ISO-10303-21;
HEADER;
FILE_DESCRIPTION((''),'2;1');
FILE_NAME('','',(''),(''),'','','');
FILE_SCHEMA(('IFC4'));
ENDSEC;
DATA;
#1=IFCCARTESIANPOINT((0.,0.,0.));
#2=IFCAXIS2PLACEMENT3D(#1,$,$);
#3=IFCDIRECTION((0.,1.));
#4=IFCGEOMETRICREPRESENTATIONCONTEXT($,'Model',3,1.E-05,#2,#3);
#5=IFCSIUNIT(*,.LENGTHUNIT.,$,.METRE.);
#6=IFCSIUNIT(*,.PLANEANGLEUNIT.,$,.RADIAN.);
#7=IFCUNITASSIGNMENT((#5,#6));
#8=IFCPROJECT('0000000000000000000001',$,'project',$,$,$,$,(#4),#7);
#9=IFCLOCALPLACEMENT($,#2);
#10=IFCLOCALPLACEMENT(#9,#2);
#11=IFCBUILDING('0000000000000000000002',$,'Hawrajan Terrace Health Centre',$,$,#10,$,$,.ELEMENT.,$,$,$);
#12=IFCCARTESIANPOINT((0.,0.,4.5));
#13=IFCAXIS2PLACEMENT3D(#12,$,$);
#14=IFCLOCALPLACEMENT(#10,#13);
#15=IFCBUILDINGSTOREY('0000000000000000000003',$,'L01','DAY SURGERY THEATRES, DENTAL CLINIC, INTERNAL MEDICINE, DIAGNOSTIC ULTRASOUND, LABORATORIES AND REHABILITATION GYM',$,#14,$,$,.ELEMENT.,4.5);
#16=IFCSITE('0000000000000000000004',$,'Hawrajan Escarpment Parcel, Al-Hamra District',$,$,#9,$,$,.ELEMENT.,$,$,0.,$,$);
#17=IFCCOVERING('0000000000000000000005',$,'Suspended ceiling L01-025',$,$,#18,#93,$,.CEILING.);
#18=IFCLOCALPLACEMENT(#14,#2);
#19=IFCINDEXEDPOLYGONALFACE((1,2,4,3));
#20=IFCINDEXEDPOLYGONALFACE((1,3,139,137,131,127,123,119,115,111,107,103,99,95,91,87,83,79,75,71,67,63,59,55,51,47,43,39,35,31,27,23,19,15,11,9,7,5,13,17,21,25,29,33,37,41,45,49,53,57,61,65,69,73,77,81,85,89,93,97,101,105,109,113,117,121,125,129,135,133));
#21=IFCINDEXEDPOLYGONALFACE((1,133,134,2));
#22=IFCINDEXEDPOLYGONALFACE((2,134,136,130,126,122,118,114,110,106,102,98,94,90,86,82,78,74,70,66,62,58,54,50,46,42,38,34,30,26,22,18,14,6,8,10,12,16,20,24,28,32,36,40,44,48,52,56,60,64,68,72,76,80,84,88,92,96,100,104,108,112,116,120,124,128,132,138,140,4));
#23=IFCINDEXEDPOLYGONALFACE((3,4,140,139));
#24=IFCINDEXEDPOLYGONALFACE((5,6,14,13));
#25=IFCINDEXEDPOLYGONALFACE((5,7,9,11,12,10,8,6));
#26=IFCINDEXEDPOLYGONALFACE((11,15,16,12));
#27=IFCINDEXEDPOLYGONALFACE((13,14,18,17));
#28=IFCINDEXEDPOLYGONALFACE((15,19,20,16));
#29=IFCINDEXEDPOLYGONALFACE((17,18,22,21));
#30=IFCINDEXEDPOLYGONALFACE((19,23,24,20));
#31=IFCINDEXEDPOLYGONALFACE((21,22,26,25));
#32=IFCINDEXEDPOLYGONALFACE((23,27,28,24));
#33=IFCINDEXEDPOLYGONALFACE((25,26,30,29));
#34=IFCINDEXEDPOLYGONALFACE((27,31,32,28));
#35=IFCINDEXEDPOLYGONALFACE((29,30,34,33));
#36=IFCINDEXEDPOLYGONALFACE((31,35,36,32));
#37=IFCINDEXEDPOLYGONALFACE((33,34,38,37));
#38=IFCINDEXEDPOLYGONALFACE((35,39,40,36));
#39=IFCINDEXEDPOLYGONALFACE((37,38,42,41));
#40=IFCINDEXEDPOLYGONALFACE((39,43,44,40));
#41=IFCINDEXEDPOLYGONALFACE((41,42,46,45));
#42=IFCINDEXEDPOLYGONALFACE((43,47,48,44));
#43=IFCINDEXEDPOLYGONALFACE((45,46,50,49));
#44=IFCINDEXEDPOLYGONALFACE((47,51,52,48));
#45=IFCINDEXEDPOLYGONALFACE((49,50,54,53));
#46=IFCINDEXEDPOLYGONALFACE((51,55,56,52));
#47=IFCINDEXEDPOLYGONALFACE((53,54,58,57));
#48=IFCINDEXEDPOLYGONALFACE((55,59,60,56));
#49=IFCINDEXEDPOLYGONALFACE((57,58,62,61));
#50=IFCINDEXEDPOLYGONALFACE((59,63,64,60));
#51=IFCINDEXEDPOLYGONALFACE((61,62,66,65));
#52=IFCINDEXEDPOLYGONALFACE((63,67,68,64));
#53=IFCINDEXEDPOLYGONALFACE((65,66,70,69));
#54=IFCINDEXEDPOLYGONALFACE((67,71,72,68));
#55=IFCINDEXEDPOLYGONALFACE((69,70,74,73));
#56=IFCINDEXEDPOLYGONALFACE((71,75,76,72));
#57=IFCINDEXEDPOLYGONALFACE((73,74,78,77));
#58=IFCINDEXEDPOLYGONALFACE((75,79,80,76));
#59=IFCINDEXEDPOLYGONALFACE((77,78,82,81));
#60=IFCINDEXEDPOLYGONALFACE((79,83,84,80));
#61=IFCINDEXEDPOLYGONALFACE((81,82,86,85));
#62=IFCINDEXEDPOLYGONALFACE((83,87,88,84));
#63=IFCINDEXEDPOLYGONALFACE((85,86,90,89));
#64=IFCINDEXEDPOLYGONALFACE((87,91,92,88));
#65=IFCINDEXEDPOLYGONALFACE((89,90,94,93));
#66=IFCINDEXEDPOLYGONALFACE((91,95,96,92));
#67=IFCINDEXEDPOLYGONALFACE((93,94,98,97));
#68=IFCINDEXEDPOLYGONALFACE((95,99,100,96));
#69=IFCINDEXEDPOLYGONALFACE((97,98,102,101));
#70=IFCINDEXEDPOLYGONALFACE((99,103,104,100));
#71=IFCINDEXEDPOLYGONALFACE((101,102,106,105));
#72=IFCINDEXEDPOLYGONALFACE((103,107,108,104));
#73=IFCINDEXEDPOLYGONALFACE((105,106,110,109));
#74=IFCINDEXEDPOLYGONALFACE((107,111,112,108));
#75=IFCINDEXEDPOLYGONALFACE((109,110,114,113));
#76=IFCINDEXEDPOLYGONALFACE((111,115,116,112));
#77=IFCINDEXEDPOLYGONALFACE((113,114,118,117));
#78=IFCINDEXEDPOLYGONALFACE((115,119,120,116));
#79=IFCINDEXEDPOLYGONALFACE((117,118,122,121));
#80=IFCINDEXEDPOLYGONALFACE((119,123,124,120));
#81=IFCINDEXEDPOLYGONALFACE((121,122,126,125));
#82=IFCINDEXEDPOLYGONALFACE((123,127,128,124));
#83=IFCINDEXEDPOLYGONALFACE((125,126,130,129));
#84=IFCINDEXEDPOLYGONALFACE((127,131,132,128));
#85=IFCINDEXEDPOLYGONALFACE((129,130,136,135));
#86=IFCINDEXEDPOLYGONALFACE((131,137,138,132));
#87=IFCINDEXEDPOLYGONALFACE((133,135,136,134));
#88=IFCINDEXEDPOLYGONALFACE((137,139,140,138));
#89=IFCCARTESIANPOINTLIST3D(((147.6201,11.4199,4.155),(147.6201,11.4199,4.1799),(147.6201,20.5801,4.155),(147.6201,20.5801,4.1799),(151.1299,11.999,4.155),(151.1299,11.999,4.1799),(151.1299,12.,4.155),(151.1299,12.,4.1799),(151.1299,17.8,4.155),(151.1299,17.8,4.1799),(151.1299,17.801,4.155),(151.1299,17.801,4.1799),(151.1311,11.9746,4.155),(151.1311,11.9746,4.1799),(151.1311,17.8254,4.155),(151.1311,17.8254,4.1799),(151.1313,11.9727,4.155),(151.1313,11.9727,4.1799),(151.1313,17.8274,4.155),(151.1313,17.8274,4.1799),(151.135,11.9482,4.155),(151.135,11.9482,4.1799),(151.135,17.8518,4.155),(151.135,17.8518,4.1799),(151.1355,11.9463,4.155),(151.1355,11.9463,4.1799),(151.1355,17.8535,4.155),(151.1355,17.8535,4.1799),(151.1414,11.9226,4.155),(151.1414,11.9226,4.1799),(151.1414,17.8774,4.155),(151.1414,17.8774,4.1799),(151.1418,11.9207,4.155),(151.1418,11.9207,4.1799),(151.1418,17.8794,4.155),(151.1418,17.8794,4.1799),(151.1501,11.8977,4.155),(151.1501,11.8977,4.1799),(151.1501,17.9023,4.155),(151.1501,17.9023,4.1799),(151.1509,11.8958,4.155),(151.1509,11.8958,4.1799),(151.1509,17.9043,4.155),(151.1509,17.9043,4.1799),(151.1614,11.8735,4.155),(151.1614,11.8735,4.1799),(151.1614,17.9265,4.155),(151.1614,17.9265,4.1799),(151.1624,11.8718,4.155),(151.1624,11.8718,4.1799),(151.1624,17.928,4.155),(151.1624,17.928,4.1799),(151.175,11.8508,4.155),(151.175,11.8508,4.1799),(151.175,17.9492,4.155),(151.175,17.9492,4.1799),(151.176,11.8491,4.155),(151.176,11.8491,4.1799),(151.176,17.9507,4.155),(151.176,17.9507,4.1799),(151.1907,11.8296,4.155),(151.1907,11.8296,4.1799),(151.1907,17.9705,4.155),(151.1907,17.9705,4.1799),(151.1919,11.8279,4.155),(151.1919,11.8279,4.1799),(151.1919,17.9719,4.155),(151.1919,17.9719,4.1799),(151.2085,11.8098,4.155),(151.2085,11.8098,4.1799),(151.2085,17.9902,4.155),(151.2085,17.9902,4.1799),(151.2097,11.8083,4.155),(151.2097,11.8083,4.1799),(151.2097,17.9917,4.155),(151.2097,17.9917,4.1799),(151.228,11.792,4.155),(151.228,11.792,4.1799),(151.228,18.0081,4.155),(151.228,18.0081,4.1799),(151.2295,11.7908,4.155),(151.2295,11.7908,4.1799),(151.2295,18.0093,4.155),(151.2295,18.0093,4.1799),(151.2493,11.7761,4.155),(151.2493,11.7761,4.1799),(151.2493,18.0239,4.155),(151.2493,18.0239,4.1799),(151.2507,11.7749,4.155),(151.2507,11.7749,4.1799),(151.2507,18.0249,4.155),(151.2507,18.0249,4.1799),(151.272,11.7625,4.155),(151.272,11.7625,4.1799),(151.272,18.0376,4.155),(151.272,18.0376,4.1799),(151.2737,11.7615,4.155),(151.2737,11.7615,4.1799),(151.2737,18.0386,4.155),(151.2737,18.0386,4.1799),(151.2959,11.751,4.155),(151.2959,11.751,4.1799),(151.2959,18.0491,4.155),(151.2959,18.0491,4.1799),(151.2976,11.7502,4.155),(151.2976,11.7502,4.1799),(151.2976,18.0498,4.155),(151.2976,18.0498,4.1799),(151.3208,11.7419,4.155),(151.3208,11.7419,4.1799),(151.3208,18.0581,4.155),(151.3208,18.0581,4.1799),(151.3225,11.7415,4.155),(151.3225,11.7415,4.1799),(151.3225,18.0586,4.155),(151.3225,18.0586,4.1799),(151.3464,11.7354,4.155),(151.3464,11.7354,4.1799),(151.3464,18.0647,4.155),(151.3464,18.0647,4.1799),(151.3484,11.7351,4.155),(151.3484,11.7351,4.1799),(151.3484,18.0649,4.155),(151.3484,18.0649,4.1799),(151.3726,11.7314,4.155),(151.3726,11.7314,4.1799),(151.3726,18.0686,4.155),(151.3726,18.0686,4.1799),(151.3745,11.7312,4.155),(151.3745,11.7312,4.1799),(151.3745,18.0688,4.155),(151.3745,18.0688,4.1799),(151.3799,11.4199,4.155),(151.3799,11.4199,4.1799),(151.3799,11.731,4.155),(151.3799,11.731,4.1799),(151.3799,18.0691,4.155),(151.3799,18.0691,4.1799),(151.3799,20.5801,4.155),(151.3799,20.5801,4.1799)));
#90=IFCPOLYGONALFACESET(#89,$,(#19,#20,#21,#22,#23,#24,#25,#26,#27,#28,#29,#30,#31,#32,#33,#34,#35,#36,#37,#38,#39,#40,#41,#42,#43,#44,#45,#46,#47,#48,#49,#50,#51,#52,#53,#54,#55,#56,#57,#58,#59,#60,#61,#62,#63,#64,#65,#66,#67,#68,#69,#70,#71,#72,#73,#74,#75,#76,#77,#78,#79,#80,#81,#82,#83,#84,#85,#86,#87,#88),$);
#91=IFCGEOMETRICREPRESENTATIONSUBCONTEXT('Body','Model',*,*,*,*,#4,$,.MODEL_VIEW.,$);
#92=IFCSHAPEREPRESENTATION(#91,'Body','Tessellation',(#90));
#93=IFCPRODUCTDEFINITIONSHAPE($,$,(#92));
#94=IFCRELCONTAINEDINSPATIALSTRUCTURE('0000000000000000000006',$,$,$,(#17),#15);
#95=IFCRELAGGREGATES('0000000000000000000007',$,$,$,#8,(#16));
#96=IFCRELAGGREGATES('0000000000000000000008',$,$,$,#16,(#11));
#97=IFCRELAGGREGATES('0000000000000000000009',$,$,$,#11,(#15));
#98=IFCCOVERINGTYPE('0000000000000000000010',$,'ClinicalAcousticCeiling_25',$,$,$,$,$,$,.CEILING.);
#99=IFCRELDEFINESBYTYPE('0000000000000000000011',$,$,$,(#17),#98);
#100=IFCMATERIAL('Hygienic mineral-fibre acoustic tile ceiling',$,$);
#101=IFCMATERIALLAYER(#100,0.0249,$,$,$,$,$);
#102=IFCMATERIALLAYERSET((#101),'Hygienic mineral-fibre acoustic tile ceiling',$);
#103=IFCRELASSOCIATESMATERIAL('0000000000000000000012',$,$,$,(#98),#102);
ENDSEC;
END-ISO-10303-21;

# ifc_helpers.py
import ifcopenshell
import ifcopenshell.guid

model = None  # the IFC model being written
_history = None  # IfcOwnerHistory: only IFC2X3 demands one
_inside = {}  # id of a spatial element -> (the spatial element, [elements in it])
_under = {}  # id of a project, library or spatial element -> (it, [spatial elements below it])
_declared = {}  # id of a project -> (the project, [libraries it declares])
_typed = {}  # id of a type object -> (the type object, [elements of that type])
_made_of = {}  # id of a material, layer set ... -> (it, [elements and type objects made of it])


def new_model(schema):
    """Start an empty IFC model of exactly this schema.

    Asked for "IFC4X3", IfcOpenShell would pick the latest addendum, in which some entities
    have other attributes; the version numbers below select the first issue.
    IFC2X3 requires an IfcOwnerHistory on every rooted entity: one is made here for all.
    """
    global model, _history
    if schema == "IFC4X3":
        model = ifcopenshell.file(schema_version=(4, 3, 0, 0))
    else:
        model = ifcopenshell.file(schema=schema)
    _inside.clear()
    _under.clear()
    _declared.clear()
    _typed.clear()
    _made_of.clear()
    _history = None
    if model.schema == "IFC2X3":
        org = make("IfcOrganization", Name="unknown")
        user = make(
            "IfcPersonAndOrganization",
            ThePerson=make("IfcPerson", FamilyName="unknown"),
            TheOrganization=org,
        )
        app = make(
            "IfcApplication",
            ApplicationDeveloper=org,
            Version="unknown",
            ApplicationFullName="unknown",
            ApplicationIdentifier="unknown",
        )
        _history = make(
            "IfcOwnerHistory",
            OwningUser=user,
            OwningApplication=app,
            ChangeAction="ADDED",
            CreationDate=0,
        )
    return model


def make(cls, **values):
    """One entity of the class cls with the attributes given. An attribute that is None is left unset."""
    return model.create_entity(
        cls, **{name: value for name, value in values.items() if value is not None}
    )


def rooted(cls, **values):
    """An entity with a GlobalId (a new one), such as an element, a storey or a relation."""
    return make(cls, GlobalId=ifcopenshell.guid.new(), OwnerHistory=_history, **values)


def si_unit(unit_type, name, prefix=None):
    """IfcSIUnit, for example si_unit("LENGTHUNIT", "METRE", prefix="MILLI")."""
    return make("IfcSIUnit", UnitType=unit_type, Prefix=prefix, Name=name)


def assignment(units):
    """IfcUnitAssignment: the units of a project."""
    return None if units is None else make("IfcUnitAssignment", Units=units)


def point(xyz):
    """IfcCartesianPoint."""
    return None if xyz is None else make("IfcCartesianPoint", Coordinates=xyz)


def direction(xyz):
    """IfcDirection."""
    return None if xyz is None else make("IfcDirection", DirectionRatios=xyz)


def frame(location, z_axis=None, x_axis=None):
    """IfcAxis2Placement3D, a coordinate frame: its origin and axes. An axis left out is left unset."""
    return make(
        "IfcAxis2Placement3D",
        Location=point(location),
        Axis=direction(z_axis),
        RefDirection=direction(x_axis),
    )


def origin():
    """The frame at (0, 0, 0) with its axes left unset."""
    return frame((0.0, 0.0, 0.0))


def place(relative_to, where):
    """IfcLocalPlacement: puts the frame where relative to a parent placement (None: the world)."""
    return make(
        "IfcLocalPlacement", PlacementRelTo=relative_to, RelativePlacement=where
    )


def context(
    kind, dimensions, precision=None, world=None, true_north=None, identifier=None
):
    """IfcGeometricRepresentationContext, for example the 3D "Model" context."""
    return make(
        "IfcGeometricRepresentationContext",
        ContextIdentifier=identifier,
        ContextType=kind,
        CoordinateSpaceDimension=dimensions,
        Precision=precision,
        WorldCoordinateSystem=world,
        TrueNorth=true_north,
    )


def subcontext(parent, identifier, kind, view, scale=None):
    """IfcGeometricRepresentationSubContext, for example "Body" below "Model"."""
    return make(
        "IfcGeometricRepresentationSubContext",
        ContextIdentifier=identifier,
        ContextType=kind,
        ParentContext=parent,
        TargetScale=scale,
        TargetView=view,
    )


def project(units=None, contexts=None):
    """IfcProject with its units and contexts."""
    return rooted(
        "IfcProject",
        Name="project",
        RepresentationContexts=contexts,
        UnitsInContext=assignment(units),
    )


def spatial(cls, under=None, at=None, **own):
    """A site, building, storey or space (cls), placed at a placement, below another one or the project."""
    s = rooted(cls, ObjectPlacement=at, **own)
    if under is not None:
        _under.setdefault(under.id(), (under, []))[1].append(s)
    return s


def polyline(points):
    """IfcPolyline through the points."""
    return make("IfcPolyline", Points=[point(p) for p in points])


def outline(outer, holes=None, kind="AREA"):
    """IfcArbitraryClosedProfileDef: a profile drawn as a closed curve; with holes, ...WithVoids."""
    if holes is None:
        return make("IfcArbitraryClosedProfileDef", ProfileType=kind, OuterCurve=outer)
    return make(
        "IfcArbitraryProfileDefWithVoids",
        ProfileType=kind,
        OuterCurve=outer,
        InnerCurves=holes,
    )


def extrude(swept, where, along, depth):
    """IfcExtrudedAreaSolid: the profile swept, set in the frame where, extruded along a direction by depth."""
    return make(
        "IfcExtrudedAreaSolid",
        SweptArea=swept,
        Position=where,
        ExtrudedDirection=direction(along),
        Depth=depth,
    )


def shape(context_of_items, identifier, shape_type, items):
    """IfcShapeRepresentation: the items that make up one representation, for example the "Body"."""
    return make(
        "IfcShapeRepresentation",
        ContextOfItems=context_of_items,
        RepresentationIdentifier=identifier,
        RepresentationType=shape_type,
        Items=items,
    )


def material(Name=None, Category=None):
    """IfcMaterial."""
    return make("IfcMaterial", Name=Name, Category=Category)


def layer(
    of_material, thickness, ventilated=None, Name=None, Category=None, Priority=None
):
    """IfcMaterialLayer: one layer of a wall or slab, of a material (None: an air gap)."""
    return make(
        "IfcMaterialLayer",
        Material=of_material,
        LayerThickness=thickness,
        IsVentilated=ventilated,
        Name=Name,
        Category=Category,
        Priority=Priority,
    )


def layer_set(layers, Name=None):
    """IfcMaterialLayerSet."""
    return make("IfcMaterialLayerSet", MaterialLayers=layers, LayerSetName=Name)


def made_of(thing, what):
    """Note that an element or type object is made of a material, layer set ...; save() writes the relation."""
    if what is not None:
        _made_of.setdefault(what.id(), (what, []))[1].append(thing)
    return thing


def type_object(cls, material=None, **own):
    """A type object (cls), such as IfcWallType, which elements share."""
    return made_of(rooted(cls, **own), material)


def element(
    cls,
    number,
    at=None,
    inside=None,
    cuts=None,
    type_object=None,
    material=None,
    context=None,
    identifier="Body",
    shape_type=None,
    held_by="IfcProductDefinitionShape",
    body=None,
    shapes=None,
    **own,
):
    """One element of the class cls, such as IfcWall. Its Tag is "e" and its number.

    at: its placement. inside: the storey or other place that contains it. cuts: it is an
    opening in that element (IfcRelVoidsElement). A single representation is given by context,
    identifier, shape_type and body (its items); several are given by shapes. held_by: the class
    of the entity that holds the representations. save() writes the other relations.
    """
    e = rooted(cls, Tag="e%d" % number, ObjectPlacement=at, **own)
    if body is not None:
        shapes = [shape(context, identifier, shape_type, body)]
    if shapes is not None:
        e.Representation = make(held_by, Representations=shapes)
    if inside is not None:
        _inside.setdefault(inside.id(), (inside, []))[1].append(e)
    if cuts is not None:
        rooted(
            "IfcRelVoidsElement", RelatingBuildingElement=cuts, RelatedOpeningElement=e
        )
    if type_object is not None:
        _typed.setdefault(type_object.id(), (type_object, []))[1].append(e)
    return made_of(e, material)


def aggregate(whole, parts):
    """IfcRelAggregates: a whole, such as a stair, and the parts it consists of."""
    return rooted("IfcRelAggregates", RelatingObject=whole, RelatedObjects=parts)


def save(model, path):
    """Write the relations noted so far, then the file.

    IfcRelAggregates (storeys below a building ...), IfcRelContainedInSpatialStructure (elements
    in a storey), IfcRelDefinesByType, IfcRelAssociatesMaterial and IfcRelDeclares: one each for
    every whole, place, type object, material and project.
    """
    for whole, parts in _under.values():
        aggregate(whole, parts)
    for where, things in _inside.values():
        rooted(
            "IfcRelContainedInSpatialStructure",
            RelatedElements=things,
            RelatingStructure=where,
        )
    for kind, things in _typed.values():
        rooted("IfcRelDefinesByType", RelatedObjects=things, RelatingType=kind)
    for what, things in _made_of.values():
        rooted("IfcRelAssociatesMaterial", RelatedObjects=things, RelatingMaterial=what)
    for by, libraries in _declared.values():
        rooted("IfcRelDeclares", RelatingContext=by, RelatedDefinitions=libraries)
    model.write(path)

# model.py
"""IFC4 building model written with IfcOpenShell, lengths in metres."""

from ifc_helpers import new_model, si_unit, direction, frame, origin, place, context, subcontext, project, spatial, polyline, outline, extrude, material, layer, layer_set, type_object, element, save


model = new_model("IFC4")

# Units and contexts
model_context = context("Model", 3, precision=1e-05, world=origin(), true_north=direction((0.0, 1.0)))
body_context = subcontext(model_context, "Body", "Model", "MODEL_VIEW")
ifc_project = project(units=[si_unit("LENGTHUNIT", "METRE"), si_unit("PLANEANGLEUNIT", "RADIAN")], contexts=[model_context])

# Site, building, storey
site_placement = place(None, origin())
site = spatial("IfcSite", under=ifc_project, at=site_placement, Name="Hawrajan Escarpment Parcel, Al-Hamra District", CompositionType="ELEMENT", RefElevation=0.0)
building_placement = place(site_placement, origin())
building = spatial("IfcBuilding", under=site, at=building_placement, Name="Hawrajan Terrace Health Centre", CompositionType="ELEMENT")
storey_placement = place(building_placement, frame((0.0, 0.0, 4.5)))
storey = spatial("IfcBuildingStorey", under=building, at=storey_placement, Name="L01", Description="DAY SURGERY THEATRES, DENTAL CLINIC, INTERNAL MEDICINE, DIAGNOSTIC ULTRASOUND, LABORATORIES AND REHABILITATION GYM", CompositionType="ELEMENT", Elevation=4.5)

# Covering
ifc_material_1 = material(Name="Hygienic mineral-fibre acoustic tile ceiling")
ifc_layer_1 = layer(ifc_material_1, 0.0249)
ifc_layer_set_1 = layer_set([ifc_layer_1], Name="Hygienic mineral-fibre acoustic tile ceiling")
covering_type_1 = type_object("IfcCoveringType", Name="ClinicalAcousticCeiling_25", PredefinedType="CEILING", material=ifc_layer_set_1)
covering_1_placement = place(storey_placement, frame((0.0, 0.0, 4.155)))
element("IfcCovering", 1, at=covering_1_placement, inside=storey, type_object=covering_type_1, Name="Suspended ceiling L01-025", PredefinedType="CEILING", context=body_context, shape_type="SweptSolid", body=[
    extrude(outline(polyline([(151.3799, 11.4199), (147.6201, 11.4199), (147.6201, 20.5801), (151.3799, 20.5801), (151.3799, 18.0691), (151.3745, 18.0688), (151.3726, 18.0686), (151.3484, 18.0649), (151.3464, 18.0647), (151.3225, 18.0586), (151.3208, 18.0581), (151.2976, 18.0498), (151.2959, 18.0491), (151.2737, 18.0386), (151.272, 18.0376), (151.2507, 18.0249), (151.2493, 18.0239), (151.2295, 18.0093), (151.228, 18.0081), (151.2097, 17.9917), (151.2085, 17.9902), (151.1919, 17.9719), (151.1907, 17.9705), (151.176, 17.9507), (151.175, 17.9492), (151.1624, 17.928), (151.1614, 17.9265), (151.1509, 17.9043), (151.1501, 17.9023), (151.1418, 17.8794), (151.1414, 17.8774), (151.1355, 17.8535), (151.135, 17.8518), (151.1313, 17.8274), (151.1311, 17.8254), (151.1299, 17.801), (151.1299, 17.8), (151.1299, 12.0), (151.1299, 11.999), (151.1311, 11.9746), (151.1313, 11.9727), (151.135, 11.9482), (151.1355, 11.9463), (151.1414, 11.9226), (151.1418, 11.9207), (151.1501, 11.8977), (151.1509, 11.8958), (151.1614, 11.8735), (151.1624, 11.8718), (151.175, 11.8508), (151.176, 11.8491), (151.1907, 11.8296), (151.1919, 11.8279), (151.2085, 11.8098), (151.2097, 11.8083), (151.228, 11.792), (151.2295, 11.7908), (151.2493, 11.7761), (151.2507, 11.7749), (151.272, 11.7625), (151.2737, 11.7615), (151.2959, 11.751), (151.2976, 11.7502), (151.3208, 11.7419), (151.3225, 11.7415), (151.3464, 11.7354), (151.3484, 11.7351), (151.3726, 11.7314), (151.3745, 11.7312), (151.3799, 11.731), (151.3799, 11.4199)])), origin(), (0.0, 0.0, 1.0), 0.0249),
])

save(model, "model.ifc")
